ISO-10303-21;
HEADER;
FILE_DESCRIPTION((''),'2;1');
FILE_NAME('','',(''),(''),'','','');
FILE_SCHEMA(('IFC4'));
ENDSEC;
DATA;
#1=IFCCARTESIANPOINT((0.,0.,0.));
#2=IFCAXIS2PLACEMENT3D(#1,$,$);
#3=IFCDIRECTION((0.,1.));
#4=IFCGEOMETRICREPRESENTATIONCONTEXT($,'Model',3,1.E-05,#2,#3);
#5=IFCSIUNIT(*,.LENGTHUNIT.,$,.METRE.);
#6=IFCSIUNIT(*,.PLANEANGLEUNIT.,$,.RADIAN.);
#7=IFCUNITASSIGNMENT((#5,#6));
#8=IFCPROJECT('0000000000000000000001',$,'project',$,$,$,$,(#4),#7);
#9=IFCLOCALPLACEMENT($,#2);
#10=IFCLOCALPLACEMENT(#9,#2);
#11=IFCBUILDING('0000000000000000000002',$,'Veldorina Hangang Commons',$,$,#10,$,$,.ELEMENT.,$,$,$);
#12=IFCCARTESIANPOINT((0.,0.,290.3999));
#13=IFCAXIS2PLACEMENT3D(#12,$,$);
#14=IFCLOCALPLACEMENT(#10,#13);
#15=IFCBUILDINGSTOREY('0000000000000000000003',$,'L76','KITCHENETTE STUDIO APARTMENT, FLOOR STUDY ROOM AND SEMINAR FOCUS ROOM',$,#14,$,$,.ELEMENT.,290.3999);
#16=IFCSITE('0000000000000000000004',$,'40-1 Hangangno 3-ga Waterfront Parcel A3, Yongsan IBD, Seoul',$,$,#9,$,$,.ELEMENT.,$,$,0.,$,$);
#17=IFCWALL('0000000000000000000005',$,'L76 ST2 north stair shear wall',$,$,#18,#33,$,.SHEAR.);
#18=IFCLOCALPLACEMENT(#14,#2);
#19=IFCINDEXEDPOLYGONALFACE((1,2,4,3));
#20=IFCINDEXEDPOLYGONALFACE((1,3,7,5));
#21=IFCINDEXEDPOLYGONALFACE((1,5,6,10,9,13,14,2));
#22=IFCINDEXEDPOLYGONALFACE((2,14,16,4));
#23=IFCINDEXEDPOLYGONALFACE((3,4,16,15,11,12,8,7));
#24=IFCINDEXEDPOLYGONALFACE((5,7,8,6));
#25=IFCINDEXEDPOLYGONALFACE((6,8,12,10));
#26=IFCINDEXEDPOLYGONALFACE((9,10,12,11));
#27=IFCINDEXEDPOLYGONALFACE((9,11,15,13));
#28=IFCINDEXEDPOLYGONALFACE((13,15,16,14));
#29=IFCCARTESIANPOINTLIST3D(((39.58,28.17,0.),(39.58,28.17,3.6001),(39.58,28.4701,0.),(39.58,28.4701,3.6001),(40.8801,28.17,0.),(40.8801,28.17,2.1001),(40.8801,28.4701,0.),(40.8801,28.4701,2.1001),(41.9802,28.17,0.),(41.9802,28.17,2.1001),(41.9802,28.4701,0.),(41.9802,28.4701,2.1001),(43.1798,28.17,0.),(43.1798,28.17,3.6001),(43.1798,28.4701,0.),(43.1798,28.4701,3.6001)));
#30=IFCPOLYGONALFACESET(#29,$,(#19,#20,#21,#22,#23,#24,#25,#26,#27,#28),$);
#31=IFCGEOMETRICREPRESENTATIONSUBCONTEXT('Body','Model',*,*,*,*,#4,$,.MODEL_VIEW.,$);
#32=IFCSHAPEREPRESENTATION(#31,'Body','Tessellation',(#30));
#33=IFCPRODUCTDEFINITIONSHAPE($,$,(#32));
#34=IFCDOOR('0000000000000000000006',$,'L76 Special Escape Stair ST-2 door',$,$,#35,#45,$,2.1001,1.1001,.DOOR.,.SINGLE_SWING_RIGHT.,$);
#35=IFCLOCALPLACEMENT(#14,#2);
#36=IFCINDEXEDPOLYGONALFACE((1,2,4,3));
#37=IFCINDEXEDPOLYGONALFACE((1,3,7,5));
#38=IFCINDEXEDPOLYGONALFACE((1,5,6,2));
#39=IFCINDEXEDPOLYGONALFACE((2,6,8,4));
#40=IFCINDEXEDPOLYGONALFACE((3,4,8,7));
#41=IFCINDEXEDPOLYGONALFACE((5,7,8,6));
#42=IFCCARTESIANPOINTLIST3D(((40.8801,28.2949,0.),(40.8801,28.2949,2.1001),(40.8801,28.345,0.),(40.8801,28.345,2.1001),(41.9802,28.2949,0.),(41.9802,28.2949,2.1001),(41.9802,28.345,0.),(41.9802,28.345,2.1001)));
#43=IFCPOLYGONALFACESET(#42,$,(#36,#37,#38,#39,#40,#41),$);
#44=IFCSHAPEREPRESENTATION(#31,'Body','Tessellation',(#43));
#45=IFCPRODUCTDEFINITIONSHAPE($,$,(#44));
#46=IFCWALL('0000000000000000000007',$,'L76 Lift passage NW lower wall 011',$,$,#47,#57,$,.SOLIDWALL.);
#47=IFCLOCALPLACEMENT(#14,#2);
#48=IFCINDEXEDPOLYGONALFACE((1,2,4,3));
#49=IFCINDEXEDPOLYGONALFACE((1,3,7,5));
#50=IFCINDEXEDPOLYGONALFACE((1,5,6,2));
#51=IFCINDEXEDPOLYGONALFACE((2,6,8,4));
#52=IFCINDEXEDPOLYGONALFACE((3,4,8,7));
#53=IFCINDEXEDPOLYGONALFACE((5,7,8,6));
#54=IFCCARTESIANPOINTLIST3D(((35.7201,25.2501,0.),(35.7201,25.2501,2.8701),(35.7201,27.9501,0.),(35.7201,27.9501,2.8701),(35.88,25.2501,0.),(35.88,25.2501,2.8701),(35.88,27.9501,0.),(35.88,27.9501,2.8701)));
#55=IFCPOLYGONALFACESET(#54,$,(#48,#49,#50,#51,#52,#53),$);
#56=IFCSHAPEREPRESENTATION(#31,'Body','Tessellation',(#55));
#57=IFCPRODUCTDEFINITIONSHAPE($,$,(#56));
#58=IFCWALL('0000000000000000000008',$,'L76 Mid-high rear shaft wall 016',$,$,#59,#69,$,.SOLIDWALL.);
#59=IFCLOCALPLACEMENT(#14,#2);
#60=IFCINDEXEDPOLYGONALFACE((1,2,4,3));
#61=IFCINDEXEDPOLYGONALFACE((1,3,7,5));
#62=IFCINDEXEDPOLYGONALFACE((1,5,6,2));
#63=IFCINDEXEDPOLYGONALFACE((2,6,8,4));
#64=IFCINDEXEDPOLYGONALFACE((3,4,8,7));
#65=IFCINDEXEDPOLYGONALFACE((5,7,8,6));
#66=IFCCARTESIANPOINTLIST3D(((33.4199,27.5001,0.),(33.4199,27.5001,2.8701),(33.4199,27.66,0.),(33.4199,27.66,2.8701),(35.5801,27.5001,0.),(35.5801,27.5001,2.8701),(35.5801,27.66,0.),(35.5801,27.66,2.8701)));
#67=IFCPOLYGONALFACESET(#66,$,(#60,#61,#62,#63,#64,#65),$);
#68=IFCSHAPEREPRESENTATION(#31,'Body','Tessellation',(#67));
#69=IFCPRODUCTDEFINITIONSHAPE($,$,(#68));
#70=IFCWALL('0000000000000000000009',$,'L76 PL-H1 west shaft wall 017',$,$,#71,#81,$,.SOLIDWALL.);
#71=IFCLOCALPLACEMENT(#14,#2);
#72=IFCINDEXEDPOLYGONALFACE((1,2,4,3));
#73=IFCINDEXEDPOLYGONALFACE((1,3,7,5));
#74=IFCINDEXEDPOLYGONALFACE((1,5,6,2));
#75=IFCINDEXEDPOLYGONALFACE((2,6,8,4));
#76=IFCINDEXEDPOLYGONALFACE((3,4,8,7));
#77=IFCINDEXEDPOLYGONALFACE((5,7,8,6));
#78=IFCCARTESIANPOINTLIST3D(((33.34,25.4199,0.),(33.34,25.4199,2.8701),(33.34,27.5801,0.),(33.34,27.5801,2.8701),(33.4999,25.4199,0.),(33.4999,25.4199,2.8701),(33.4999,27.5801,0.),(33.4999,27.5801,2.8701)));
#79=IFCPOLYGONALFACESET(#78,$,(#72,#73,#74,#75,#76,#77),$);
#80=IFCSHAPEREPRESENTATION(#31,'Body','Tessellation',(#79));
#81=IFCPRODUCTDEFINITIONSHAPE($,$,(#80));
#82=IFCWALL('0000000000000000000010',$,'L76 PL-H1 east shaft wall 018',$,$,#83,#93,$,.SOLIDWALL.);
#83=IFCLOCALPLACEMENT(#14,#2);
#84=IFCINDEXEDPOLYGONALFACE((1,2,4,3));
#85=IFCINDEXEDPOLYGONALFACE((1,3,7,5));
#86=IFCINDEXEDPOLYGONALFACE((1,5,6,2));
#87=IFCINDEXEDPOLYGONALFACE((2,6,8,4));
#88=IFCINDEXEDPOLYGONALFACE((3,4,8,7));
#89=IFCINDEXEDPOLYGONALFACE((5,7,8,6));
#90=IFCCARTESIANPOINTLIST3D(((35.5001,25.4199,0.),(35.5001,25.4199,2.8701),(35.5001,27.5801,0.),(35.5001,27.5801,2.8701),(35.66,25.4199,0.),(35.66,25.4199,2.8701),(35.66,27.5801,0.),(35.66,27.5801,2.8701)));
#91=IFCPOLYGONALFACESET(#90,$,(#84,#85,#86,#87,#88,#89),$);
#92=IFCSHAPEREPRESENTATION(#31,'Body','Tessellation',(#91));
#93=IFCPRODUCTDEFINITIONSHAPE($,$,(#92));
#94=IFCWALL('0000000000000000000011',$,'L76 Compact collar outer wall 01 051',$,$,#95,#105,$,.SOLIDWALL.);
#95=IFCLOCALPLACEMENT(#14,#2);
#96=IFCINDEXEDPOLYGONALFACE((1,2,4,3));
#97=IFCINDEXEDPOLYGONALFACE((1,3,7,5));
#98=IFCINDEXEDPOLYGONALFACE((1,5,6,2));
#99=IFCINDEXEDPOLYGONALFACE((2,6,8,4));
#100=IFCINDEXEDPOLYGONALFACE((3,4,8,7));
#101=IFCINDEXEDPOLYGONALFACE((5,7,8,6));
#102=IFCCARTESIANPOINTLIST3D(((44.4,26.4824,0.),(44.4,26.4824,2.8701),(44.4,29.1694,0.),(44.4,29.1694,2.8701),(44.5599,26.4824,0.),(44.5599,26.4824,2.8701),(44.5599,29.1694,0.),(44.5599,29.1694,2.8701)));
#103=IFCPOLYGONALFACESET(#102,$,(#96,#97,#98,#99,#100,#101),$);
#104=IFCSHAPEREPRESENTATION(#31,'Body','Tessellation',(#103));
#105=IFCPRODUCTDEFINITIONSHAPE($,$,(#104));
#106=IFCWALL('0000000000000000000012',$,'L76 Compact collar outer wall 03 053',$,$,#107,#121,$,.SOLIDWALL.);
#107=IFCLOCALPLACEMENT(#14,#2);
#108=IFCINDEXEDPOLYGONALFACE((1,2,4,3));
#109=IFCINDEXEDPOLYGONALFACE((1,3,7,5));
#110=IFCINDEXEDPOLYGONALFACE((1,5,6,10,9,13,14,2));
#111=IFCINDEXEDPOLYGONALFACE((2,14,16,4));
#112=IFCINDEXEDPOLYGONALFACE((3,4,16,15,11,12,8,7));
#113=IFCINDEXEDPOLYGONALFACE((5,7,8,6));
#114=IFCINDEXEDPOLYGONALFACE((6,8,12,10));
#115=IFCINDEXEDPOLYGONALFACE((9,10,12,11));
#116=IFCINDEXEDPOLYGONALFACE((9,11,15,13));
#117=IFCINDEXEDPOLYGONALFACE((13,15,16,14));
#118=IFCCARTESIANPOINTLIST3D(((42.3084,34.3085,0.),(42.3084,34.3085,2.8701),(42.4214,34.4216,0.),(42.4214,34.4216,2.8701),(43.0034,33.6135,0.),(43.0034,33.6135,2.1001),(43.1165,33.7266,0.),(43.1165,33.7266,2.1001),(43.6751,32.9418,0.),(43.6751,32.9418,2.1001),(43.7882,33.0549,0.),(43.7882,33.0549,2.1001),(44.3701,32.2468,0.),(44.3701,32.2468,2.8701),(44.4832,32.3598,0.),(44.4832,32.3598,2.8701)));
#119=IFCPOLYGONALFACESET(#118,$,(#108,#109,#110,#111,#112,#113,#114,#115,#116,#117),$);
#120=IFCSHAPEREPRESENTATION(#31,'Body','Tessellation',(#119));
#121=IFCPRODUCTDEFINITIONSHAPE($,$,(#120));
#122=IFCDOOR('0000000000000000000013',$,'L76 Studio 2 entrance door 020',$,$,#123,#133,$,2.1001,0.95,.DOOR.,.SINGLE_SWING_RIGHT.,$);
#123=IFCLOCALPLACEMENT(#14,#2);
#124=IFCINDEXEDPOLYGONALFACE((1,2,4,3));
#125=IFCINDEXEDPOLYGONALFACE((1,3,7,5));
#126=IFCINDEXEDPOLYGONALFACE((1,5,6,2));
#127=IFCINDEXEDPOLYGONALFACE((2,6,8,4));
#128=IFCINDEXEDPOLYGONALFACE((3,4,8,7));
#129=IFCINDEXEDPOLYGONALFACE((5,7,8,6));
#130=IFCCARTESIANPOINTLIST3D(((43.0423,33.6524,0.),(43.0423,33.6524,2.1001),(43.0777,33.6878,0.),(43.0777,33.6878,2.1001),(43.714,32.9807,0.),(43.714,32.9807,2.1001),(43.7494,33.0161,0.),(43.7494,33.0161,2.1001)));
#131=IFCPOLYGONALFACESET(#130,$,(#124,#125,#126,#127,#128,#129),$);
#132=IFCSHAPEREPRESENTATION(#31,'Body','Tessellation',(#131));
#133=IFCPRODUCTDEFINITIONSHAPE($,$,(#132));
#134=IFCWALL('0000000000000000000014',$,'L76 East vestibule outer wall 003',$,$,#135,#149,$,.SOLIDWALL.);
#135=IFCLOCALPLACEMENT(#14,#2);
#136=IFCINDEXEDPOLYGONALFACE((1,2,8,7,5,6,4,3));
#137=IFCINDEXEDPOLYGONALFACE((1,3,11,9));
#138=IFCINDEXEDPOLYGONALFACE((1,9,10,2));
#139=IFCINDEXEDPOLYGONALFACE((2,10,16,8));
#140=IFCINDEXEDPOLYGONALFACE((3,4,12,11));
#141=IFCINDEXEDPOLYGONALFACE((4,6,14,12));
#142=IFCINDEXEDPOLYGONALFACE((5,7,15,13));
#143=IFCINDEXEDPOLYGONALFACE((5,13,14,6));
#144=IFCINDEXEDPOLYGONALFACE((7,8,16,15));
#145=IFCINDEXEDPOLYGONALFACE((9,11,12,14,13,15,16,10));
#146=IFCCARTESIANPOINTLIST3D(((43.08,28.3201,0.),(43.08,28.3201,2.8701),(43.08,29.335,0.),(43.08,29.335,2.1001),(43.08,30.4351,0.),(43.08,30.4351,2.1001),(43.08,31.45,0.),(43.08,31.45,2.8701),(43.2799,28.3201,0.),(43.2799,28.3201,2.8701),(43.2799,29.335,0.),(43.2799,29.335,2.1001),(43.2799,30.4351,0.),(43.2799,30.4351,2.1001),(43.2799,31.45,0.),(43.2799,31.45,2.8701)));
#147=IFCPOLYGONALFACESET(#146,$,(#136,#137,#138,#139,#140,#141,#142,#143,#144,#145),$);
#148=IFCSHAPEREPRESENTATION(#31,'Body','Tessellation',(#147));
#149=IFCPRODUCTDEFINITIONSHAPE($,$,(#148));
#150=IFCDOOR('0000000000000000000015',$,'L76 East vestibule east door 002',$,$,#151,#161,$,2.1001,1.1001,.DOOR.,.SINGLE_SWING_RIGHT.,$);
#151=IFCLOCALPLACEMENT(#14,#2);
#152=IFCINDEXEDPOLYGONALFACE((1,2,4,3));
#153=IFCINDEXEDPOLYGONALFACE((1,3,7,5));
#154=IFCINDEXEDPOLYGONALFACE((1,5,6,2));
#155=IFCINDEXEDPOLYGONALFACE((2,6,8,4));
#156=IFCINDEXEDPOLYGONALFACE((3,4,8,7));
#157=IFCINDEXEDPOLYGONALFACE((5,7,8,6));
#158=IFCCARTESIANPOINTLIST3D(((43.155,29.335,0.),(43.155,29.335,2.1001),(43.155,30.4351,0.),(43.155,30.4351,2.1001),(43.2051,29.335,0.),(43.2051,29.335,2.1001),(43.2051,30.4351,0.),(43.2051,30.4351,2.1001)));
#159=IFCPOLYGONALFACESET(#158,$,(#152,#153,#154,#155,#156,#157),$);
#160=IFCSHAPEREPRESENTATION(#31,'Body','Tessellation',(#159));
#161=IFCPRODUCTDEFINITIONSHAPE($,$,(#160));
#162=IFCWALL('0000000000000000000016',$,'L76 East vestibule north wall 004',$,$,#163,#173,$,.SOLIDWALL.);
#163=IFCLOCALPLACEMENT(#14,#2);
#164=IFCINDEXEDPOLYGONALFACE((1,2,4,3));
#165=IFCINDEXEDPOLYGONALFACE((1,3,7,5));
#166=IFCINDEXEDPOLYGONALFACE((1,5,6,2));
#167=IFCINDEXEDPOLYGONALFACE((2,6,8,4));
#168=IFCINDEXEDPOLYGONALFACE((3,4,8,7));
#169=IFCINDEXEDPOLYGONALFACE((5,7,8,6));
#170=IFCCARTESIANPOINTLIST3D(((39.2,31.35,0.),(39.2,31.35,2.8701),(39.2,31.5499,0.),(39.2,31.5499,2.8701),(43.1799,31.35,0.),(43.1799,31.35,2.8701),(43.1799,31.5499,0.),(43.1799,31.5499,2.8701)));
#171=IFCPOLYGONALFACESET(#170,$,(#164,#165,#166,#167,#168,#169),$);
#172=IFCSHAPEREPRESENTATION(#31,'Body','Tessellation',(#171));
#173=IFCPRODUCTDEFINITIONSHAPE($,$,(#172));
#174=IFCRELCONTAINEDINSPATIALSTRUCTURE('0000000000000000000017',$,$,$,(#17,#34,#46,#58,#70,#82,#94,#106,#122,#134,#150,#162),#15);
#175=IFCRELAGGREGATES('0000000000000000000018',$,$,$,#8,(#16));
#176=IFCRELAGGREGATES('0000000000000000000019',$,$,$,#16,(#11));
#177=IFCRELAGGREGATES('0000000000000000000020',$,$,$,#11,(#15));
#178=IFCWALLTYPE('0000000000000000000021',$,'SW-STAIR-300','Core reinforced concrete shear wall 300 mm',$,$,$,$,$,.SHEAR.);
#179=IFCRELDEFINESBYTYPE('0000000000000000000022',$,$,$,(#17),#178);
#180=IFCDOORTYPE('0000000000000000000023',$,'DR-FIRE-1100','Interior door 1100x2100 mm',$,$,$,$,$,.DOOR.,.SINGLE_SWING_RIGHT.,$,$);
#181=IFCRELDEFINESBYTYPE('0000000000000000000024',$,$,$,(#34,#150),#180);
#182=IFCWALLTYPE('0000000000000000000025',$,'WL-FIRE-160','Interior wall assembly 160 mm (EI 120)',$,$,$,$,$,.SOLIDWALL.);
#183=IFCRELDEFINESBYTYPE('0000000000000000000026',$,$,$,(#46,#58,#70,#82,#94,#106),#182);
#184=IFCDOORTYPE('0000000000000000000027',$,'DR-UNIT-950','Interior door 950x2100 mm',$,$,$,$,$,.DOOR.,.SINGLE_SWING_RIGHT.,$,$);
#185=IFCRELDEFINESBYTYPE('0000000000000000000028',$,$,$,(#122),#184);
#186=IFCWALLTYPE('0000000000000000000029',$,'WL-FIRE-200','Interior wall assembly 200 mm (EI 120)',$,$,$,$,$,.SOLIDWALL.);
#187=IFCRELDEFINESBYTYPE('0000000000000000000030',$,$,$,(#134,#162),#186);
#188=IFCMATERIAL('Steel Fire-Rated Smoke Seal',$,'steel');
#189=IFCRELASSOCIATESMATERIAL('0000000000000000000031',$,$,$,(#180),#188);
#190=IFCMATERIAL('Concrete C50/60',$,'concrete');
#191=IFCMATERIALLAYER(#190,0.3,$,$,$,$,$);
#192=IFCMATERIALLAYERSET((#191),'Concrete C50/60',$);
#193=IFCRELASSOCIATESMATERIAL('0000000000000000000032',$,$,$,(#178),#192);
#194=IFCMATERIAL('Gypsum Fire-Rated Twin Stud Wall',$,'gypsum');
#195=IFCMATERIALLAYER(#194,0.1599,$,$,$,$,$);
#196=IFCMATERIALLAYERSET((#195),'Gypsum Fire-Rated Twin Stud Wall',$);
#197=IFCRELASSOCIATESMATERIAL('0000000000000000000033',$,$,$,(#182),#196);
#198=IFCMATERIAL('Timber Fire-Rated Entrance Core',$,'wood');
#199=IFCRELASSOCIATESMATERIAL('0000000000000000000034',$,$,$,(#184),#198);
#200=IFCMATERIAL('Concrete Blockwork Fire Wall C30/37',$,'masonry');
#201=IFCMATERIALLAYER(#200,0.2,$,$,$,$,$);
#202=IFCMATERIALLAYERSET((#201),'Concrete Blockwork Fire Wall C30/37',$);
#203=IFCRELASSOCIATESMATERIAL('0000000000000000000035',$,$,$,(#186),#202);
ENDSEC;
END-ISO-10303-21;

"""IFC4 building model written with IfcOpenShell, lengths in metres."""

from ifc_helpers import new_model, si_unit, direction, frame, frame_2d, origin, place, context, subcontext, project, spatial, rectangle, extrude, material, layer, layer_set, type_object, element, fill, save


model = new_model("IFC4")

# Units and contexts
model_context = context("Model", 3, precision=1e-05, world=origin(), true_north=direction((0.0, 1.0)))
body_context = subcontext(model_context, "Body", "Model", "MODEL_VIEW")
ifc_project = project(units=[si_unit("LENGTHUNIT", "METRE"), si_unit("PLANEANGLEUNIT", "RADIAN")], contexts=[model_context])

# Site, building, storey
site_placement = place(None, origin())
site = spatial("IfcSite", under=ifc_project, at=site_placement, Name="40-1 Hangangno 3-ga Waterfront Parcel A3, Yongsan IBD, Seoul", CompositionType="ELEMENT", RefElevation=0.0)
building_placement = place(site_placement, origin())
building = spatial("IfcBuilding", under=site, at=building_placement, Name="Veldorina Hangang Commons", CompositionType="ELEMENT")
storey_placement = place(building_placement, frame((0.0, 0.0, 290.3999)))
storey = spatial("IfcBuildingStorey", under=building, at=storey_placement, Name="L76", Description="KITCHENETTE STUDIO APARTMENT, FLOOR STUDY ROOM AND SEMINAR FOCUS ROOM", CompositionType="ELEMENT", Elevation=290.3999)

# Shared definitions
ifc_material_1 = material(Name="Concrete C50/60", Category="concrete")

# Wall, opening, door
ifc_material_2 = material(Name="Steel Fire-Rated Smoke Seal", Category="steel")
door_type_1 = type_object("IfcDoorType", Name="DR-FIRE-1100", Description="Interior door 1100x2100 mm", OperationType="SINGLE_SWING_RIGHT", PredefinedType="DOOR", material=ifc_material_2)
ifc_layer_1 = layer(ifc_material_1, 0.3)
ifc_layer_set_1 = layer_set([ifc_layer_1], Name="Concrete C50/60")
wall_type_1 = type_object("IfcWallType", Name="SW-STAIR-300", Description="Core reinforced concrete shear wall 300 mm", PredefinedType="SHEAR", material=ifc_layer_set_1)
wall_1_placement = place(storey_placement, frame((39.5801, 28.3201, 0.0), z_axis=(0.0, 0.0, 1.0), x_axis=(1.0, 0.0, 0.0)))
wall_1 = element("IfcWall", 1, at=wall_1_placement, inside=storey, type_object=wall_type_1, Name="L76 ST2 north stair shear wall", PredefinedType="SHEAR", context=body_context, shape_type="SweptSolid", body=[
    extrude(rectangle(XDim=3.5999, YDim=0.3, at=frame_2d((1.7998, 0.0))), origin(), (0.0, 0.0, 1.0), 3.6001),
])
opening_1_placement = place(wall_1_placement, frame((1.3, 0.0, 0.0)))
opening_1 = element("IfcOpeningElement", 2, at=opening_1_placement, cuts=wall_1, PredefinedType="OPENING", context=body_context, shape_type="SweptSolid", body=[
    extrude(rectangle(XDim=1.1001, YDim=2.1001, at=frame_2d((0.55, 1.05))), frame((0.0, 0.1602, 0.0), z_axis=(0.0, -1.0, 0.0), x_axis=(1.0, 0.0, 0.0)), (0.0, 0.0, 1.0), 0.3201),
])
door_1_placement = place(opening_1_placement, origin())
door_1 = element("IfcDoor", 3, at=door_1_placement, inside=storey, type_object=door_type_1, Name="L76 Special Escape Stair ST-2 door", OperationType="SINGLE_SWING_RIGHT", OverallHeight=2.1001, OverallWidth=1.1001, PredefinedType="DOOR", context=body_context, shape_type="SweptSolid", body=[
    extrude(rectangle(XDim=1.1001, YDim=2.1001, at=frame_2d((0.55, 1.05))), frame((0.0, 0.0249, 0.0), z_axis=(0.0, -1.0, 0.0), x_axis=(1.0, 0.0, 0.0)), (0.0, 0.0, 1.0), 0.05),
])
fill(opening_1, door_1)

# Wall
ifc_material_3 = material(Name="Gypsum Fire-Rated Twin Stud Wall", Category="gypsum")
ifc_layer_2 = layer(ifc_material_3, 0.1599)
ifc_layer_set_2 = layer_set([ifc_layer_2], Name="Gypsum Fire-Rated Twin Stud Wall")
wall_type_2 = type_object("IfcWallType", Name="WL-FIRE-160", Description="Interior wall assembly 160 mm (EI 120)", PredefinedType="SOLIDWALL", material=ifc_layer_set_2)
wall_2_placement = place(storey_placement, frame((35.8, 25.25, 0.0), z_axis=(0.0, 0.0, 1.0), x_axis=(0.0, 1.0, 0.0)))
element("IfcWall", 4, at=wall_2_placement, inside=storey, type_object=wall_type_2, Name="L76 Lift passage NW lower wall 011", PredefinedType="SOLIDWALL", context=body_context, shape_type="SweptSolid", body=[
    extrude(rectangle(XDim=2.7, YDim=0.1599, at=frame_2d((1.3501, 0.0))), origin(), (0.0, 0.0, 1.0), 2.8701),
])

# Walls
for number, where, z_axis, x_axis, name in (
    (5, (33.4199, 27.5801, 0.0), (0.0, 0.0, 1.0), (1.0, 0.0, 0.0), "L76 Mid-high rear shaft wall 016"),
    (6, (33.4199, 25.4199, 0.0), (0.0, 0.0, 1.0), (0.0, 1.0, 0.0), "L76 PL-H1 west shaft wall 017"),
    (7, (35.5801, 25.4199, 0.0), (0.0, 0.0, 1.0), (0.0, 1.0, 0.0), "L76 PL-H1 east shaft wall 018"),
):
    element("IfcWall", number, at=place(storey_placement, frame(where, z_axis=z_axis, x_axis=x_axis)), inside=storey, type_object=wall_type_2, Name=name, PredefinedType="SOLIDWALL", context=body_context, shape_type="SweptSolid", body=[
        extrude(rectangle(XDim=2.1602, YDim=0.1599, at=frame_2d((1.0801, 0.0))), origin(), (0.0, 0.0, 1.0), 2.8701),
    ])
wall_3_placement = place(storey_placement, frame((44.48, 26.4824, 0.0), z_axis=(0.0, 0.0, 1.0), x_axis=(0.0, 1.0, 0.0)))
element("IfcWall", 8, at=wall_3_placement, inside=storey, type_object=wall_type_2, Name="L76 Compact collar outer wall 01 051", PredefinedType="SOLIDWALL", context=body_context, shape_type="SweptSolid", body=[
    extrude(rectangle(XDim=2.687, YDim=0.1599, at=frame_2d((1.3435, 0.0))), origin(), (0.0, 0.0, 1.0), 2.8701),
])

# Walls, openings, doors
wall_4_placement = place(storey_placement, frame((44.4268, 32.3032, 0.0), z_axis=(0.0, 0.0, 1.0), x_axis=(-0.707107, 0.707107, 0.0)))
wall_4 = element("IfcWall", 9, at=wall_4_placement, inside=storey, type_object=wall_type_2, Name="L76 Compact collar outer wall 03 053", PredefinedType="SOLIDWALL", context=body_context, shape_type="SweptSolid", body=[
    extrude(rectangle(XDim=2.9158, YDim=0.1599, at=frame_2d((1.458, 0.0))), origin(), (0.0, 0.0, 1.0), 2.8701),
])
opening_2_placement = place(wall_4_placement, frame((0.9829, 0.0, 0.0)))
opening_2 = element("IfcOpeningElement", 10, at=opening_2_placement, cuts=wall_4, PredefinedType="OPENING", context=body_context, shape_type="SweptSolid", body=[
    extrude(rectangle(XDim=0.95, YDim=2.1001, at=frame_2d((0.4751, 1.05))), frame((0.0, 0.0898, 0.0), z_axis=(0.0, -1.0, 0.0), x_axis=(1.0, 0.0, 0.0)), (0.0, 0.0, 1.0), 0.1799),
])
ifc_material_4 = material(Name="Timber Fire-Rated Entrance Core", Category="wood")
door_type_2 = type_object("IfcDoorType", Name="DR-UNIT-950", Description="Interior door 950x2100 mm", OperationType="SINGLE_SWING_RIGHT", PredefinedType="DOOR", material=ifc_material_4)
door_2_placement = place(opening_2_placement, origin())
door_2 = element("IfcDoor", 11, at=door_2_placement, inside=storey, type_object=door_type_2, Name="L76 Studio 2 entrance door 020", OperationType="SINGLE_SWING_RIGHT", OverallHeight=2.1001, OverallWidth=0.95, PredefinedType="DOOR", context=body_context, shape_type="SweptSolid", body=[
    extrude(rectangle(XDim=0.95, YDim=2.1001, at=frame_2d((0.4751, 1.05))), frame((0.0, 0.0249, 0.0), z_axis=(0.0, -1.0, 0.0), x_axis=(1.0, 0.0, 0.0)), (0.0, 0.0, 1.0), 0.05),
])
fill(opening_2, door_2)
ifc_material_5 = material(Name="Concrete Blockwork Fire Wall C30/37", Category="masonry")
ifc_layer_3 = layer(ifc_material_5, 0.2)
ifc_layer_set_3 = layer_set([ifc_layer_3], Name="Concrete Blockwork Fire Wall C30/37")
wall_type_3 = type_object("IfcWallType", Name="WL-FIRE-200", Description="Interior wall assembly 200 mm (EI 120)", PredefinedType="SOLIDWALL", material=ifc_layer_set_3)
wall_5_placement = place(storey_placement, frame((43.1799, 28.3201, 0.0), z_axis=(0.0, 0.0, 1.0), x_axis=(0.0, 1.0, 0.0)))
wall_5 = element("IfcWall", 12, at=wall_5_placement, inside=storey, type_object=wall_type_3, Name="L76 East vestibule outer wall 003", PredefinedType="SOLIDWALL", context=body_context, shape_type="SweptSolid", body=[
    extrude(rectangle(XDim=3.1299, YDim=0.2, at=frame_2d((1.5649, 0.0))), origin(), (0.0, 0.0, 1.0), 2.8701),
])
opening_3_placement = place(wall_5_placement, frame((1.0149, 0.0, 0.0)))
opening_3 = element("IfcOpeningElement", 13, at=opening_3_placement, cuts=wall_5, PredefinedType="OPENING", context=body_context, shape_type="SweptSolid", body=[
    extrude(rectangle(XDim=1.1001, YDim=2.1001, at=frame_2d((0.55, 1.05))), frame((0.0, 0.1099, 0.0), z_axis=(0.0, -1.0, 0.0), x_axis=(1.0, 0.0, 0.0)), (0.0, 0.0, 1.0), 0.22),
])
door_3_placement = place(opening_3_placement, origin())
door_3 = element("IfcDoor", 14, at=door_3_placement, inside=storey, type_object=door_type_1, Name="L76 East vestibule east door 002", OperationType="SINGLE_SWING_RIGHT", OverallHeight=2.1001, OverallWidth=1.1001, PredefinedType="DOOR", context=body_context, shape_type="SweptSolid", body=[
    extrude(rectangle(XDim=1.1001, YDim=2.1001, at=frame_2d((0.55, 1.05))), frame((0.0, 0.0249, 0.0), z_axis=(0.0, -1.0, 0.0), x_axis=(1.0, 0.0, 0.0)), (0.0, 0.0, 1.0), 0.05),
])
fill(opening_3, door_3)

# Wall
wall_6_placement = place(storey_placement, frame((39.2, 31.45, 0.0), z_axis=(0.0, 0.0, 1.0), x_axis=(1.0, 0.0, 0.0)))
element("IfcWall", 15, at=wall_6_placement, inside=storey, type_object=wall_type_3, Name="L76 East vestibule north wall 004", PredefinedType="SOLIDWALL", context=body_context, shape_type="SweptSolid", body=[
    extrude(rectangle(XDim=3.98, YDim=0.2, at=frame_2d((1.99, 0.0))), origin(), (0.0, 0.0, 1.0), 2.8701),
])

save(model, "model.ifc")
